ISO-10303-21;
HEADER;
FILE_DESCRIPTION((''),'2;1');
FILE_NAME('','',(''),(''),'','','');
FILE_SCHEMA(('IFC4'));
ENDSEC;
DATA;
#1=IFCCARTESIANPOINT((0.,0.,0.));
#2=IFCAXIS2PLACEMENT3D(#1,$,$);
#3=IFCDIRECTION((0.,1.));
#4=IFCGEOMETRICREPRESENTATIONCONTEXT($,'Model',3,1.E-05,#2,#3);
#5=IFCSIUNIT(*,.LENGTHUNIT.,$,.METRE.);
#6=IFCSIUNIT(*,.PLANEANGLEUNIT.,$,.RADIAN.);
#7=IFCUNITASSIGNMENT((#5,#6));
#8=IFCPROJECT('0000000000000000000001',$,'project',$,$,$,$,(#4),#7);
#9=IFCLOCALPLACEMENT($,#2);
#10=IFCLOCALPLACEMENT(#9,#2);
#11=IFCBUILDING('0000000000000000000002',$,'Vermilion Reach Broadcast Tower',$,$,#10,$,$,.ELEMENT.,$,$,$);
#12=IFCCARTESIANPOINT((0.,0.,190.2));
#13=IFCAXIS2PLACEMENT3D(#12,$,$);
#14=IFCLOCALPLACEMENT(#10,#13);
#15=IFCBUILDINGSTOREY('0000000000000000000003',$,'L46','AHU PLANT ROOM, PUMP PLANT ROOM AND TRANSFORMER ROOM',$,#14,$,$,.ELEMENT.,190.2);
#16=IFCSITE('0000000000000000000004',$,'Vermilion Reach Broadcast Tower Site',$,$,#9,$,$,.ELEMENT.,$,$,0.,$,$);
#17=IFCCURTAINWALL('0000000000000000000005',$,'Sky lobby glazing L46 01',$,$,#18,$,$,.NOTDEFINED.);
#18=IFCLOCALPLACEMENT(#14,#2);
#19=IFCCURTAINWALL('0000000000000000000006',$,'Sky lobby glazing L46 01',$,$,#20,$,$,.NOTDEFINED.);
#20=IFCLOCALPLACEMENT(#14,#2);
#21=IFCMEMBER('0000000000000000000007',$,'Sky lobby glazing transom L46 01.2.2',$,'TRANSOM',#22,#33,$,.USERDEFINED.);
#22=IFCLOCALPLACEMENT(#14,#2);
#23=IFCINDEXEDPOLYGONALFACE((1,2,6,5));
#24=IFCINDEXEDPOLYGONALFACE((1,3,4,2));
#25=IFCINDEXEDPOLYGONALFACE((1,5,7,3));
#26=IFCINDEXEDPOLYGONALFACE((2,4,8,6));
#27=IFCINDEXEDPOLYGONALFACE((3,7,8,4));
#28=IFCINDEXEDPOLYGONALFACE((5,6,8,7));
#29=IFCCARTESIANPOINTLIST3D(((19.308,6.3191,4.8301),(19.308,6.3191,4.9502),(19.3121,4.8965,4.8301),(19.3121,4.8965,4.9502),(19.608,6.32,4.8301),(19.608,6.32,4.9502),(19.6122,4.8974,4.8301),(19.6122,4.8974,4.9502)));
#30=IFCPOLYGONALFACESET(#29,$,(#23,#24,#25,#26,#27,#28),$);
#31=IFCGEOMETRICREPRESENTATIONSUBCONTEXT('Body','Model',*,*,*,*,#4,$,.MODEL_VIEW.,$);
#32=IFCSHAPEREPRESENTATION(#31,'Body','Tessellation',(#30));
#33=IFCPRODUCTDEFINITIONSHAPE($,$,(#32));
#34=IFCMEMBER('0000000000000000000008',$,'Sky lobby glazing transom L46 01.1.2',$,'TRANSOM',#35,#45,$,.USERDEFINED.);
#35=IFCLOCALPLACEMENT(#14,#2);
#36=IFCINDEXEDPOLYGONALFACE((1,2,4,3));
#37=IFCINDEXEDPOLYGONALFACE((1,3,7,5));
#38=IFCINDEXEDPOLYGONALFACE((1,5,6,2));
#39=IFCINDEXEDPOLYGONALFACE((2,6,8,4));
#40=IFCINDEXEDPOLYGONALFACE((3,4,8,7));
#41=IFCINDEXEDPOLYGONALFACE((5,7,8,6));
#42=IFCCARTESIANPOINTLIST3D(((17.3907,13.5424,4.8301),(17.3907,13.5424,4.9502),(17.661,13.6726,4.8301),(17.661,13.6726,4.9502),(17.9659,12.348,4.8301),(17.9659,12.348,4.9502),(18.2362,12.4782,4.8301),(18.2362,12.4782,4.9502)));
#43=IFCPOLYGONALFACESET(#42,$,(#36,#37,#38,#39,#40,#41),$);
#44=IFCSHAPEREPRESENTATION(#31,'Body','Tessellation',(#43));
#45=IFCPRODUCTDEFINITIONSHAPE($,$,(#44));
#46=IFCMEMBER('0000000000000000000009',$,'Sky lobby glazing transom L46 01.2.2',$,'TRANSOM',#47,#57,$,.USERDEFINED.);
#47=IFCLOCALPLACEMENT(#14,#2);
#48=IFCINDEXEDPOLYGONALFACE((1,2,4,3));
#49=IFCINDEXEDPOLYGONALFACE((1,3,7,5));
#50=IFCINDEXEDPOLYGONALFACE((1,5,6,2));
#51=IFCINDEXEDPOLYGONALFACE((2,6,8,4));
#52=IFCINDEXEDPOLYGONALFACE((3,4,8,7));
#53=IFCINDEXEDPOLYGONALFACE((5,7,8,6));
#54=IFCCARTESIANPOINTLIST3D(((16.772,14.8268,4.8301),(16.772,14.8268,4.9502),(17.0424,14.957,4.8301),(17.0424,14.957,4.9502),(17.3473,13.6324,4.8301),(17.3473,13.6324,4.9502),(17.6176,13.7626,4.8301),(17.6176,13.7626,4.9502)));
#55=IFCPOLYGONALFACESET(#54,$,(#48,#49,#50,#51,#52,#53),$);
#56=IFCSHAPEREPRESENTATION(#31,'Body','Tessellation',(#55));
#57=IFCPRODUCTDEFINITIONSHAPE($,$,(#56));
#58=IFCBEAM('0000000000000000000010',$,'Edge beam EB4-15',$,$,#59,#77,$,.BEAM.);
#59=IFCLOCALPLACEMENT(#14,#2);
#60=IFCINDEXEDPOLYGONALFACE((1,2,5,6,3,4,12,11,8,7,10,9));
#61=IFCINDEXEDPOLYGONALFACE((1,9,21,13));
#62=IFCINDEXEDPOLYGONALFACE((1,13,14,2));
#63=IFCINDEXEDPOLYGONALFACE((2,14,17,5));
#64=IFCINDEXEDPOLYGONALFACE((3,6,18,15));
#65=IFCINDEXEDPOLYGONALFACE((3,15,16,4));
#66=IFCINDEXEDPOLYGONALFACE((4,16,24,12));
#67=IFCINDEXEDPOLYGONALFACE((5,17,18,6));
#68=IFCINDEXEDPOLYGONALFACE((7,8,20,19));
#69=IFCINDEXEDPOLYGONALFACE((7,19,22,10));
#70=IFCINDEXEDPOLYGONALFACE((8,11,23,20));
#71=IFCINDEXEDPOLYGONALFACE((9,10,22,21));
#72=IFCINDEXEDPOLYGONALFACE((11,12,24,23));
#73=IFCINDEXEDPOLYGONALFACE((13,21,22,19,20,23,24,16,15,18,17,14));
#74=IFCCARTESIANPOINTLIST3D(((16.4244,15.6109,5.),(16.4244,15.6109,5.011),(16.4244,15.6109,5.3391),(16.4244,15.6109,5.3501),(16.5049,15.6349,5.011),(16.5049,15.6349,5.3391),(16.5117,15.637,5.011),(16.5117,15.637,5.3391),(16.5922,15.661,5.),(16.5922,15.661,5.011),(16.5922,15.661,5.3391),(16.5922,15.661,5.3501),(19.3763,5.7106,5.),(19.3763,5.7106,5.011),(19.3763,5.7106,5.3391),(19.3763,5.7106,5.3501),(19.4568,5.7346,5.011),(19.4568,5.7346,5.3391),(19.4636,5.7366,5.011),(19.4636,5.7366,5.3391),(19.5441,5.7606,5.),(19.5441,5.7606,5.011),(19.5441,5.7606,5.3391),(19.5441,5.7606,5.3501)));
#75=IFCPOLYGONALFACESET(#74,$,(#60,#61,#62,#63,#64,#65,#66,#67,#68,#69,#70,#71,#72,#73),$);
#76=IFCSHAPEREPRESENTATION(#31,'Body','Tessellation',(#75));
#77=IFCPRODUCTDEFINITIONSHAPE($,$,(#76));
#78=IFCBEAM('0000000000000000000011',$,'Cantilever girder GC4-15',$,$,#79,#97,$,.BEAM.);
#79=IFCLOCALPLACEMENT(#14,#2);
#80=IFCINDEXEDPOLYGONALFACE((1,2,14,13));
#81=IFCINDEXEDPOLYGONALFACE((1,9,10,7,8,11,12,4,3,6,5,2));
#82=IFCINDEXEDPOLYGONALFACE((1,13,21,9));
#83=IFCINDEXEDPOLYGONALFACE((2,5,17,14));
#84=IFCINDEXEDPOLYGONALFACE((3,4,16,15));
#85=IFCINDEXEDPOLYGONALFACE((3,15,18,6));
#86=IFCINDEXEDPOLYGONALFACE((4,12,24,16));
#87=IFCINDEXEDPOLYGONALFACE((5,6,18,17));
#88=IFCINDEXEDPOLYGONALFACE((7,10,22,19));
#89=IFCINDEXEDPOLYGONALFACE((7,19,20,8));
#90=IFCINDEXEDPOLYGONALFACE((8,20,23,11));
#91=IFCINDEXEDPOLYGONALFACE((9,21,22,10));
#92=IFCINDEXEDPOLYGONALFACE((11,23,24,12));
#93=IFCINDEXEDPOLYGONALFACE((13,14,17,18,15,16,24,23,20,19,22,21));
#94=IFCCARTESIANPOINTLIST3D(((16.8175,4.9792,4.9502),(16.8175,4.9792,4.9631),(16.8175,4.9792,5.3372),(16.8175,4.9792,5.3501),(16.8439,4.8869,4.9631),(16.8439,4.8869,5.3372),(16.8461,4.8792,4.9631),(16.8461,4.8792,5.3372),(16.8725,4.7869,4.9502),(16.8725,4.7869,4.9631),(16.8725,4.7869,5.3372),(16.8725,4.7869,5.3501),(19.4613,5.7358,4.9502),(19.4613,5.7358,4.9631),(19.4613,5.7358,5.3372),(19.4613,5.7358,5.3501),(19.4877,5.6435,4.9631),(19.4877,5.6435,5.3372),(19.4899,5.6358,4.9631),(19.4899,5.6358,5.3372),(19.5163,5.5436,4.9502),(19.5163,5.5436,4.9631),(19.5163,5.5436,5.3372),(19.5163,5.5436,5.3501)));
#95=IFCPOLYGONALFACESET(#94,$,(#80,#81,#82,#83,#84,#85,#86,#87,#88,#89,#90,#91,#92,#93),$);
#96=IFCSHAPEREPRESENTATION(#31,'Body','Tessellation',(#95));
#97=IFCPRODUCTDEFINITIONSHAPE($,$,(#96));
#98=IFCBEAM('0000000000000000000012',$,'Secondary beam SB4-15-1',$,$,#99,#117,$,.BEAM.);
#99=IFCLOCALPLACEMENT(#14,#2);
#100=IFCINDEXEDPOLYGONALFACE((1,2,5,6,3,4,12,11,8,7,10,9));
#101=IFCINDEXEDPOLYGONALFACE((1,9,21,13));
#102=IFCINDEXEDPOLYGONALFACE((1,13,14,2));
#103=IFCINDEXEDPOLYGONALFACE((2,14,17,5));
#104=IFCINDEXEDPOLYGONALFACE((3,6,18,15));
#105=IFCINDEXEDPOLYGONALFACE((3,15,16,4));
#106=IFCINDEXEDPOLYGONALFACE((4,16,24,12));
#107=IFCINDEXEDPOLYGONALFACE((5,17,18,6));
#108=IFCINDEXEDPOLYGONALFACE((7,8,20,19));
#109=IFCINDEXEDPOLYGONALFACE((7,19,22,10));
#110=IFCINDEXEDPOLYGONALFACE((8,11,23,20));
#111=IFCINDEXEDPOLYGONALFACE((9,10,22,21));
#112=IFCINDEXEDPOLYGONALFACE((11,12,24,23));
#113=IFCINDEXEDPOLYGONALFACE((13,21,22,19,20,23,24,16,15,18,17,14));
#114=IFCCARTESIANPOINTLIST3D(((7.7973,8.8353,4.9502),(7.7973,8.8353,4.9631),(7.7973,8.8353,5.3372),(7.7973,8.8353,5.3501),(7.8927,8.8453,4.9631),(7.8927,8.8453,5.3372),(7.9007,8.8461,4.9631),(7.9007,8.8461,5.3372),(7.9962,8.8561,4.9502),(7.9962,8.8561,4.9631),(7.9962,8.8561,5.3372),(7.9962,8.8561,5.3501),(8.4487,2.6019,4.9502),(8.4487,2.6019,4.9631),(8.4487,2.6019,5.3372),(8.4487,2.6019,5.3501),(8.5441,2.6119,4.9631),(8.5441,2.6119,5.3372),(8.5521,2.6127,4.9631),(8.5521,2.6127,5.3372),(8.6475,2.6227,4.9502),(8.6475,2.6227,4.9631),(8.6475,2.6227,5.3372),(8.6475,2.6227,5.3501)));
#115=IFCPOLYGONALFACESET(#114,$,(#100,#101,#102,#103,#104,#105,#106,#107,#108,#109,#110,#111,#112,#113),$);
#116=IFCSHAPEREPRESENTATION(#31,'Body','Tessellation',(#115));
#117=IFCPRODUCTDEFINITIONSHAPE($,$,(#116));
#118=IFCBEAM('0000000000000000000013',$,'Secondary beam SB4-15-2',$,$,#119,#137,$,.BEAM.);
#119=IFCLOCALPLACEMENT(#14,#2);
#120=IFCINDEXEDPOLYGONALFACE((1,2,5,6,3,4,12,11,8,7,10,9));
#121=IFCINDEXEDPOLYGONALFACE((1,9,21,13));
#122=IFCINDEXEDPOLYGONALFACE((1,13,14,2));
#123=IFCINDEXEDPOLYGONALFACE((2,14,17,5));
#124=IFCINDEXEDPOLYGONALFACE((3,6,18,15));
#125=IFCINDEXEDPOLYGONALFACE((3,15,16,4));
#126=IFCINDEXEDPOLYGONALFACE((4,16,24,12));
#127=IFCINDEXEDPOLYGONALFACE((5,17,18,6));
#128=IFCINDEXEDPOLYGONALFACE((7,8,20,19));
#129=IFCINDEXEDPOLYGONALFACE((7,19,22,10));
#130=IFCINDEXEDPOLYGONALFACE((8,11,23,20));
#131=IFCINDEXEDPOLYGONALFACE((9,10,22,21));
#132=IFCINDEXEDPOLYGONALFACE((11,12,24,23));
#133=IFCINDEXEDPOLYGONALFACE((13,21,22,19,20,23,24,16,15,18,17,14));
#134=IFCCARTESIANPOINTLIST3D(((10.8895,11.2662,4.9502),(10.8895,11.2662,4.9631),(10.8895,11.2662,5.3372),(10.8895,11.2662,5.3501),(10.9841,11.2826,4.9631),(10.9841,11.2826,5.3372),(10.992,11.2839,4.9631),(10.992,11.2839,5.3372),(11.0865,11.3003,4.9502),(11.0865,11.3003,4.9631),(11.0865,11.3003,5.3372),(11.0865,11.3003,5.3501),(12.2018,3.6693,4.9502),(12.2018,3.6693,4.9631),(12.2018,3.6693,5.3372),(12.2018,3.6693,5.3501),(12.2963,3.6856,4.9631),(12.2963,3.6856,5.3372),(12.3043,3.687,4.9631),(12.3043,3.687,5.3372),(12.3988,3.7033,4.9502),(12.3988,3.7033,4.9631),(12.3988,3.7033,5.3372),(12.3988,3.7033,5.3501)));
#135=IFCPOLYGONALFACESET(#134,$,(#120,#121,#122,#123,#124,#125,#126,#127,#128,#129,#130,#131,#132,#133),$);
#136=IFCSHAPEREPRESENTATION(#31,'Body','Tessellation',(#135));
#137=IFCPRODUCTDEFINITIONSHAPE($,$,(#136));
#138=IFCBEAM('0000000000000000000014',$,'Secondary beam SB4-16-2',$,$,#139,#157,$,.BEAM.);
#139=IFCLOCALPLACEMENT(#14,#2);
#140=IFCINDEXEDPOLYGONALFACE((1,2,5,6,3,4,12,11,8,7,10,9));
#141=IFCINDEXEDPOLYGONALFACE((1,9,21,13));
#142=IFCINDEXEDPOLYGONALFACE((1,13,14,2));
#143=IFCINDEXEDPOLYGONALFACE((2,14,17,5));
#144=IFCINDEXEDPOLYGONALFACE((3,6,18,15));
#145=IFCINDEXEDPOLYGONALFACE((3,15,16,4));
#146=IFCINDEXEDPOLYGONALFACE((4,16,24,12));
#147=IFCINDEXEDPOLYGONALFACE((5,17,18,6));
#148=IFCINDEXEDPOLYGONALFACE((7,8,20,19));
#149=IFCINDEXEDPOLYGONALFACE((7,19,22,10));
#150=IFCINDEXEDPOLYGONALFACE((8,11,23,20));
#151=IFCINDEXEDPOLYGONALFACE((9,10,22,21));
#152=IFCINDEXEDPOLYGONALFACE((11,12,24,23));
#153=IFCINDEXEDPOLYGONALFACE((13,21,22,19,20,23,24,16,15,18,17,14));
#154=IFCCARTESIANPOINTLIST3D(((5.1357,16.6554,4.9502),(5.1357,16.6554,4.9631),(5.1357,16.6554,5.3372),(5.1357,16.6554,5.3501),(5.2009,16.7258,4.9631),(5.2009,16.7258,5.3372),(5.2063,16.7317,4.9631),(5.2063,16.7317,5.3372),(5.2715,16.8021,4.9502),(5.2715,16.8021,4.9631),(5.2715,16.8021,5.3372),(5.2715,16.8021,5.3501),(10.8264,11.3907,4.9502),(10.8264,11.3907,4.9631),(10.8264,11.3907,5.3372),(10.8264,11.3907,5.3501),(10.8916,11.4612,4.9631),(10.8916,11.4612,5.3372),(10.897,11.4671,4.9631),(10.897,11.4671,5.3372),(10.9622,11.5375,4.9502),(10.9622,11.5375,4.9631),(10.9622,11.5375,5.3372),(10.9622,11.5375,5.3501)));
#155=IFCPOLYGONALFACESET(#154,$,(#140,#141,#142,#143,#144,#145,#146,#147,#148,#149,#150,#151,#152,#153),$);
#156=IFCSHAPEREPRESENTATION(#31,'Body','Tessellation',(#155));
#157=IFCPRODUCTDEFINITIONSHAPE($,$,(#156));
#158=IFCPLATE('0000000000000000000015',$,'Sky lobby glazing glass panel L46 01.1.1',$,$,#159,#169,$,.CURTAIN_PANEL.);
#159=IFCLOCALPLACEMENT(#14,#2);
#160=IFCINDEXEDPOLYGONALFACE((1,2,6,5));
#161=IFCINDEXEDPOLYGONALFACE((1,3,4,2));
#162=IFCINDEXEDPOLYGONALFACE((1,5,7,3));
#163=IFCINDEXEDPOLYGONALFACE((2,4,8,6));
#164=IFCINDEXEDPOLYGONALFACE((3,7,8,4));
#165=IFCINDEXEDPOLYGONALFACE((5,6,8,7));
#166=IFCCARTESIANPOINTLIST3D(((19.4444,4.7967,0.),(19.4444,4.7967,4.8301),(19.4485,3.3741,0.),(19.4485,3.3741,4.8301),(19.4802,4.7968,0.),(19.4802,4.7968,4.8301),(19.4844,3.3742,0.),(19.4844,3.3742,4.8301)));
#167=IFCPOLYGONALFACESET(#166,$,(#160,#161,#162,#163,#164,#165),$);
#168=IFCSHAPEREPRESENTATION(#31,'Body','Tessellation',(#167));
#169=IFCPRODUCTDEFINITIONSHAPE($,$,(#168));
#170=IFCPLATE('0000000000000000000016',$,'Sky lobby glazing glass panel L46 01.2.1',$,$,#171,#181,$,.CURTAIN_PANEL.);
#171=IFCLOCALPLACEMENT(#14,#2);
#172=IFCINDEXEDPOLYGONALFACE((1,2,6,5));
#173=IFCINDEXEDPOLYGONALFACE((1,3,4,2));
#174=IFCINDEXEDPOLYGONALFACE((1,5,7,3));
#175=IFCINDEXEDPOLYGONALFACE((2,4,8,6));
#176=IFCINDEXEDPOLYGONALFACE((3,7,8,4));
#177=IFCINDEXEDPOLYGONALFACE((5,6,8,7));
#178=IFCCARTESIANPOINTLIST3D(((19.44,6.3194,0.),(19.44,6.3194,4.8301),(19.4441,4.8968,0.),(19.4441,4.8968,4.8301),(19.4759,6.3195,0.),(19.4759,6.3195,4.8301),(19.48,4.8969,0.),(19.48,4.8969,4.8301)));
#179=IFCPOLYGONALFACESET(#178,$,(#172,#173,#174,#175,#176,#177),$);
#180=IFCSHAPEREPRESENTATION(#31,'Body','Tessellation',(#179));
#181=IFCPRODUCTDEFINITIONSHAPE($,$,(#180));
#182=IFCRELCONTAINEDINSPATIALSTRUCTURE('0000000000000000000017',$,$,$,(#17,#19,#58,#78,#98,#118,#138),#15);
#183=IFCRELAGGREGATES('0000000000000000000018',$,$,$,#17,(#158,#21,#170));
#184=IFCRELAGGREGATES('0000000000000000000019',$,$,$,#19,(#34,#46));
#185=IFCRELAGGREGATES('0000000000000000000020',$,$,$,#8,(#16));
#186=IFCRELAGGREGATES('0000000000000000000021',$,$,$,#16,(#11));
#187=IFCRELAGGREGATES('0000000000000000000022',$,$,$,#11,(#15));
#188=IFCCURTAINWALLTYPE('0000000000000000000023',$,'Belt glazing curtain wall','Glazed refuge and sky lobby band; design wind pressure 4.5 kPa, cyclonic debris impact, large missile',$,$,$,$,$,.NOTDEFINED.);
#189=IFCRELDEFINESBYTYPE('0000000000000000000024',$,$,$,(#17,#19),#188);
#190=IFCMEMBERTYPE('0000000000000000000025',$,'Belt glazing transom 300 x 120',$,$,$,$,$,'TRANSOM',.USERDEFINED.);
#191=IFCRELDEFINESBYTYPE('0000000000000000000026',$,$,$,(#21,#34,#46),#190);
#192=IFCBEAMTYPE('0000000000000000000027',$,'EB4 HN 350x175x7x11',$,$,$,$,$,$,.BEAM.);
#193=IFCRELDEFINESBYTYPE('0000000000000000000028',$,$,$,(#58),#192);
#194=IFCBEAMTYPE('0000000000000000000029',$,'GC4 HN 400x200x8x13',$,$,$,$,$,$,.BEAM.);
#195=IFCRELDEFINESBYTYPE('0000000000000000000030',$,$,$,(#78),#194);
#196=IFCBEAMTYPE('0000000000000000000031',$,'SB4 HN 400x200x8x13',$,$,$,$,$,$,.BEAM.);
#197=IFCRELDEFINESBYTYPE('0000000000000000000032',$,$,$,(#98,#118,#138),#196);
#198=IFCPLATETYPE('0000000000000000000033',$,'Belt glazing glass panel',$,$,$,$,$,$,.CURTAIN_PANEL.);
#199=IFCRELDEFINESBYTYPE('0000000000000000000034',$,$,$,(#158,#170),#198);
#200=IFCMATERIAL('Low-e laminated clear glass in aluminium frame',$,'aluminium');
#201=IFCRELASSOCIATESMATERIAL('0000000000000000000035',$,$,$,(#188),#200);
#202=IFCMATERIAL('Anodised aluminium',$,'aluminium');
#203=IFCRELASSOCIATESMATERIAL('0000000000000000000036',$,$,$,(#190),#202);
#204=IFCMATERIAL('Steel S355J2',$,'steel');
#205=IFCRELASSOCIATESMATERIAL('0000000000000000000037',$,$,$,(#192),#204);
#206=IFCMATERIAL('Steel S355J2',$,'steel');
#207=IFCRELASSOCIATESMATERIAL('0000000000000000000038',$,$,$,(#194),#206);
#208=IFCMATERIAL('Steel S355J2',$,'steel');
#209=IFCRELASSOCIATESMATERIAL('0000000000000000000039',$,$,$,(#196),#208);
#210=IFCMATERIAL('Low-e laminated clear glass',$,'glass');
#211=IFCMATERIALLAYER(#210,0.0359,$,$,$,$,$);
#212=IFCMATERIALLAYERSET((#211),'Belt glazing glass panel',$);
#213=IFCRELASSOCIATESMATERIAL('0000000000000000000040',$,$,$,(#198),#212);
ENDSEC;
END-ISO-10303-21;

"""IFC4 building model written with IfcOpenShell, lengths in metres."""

from ifc_helpers import new_model, si_unit, direction, frame, origin, origin_2d, place, context, subcontext, project, spatial, rectangle, i_section, extrude, material, layer, layer_set, material_profile, profile_set, type_object, element, aggregate, save


model = new_model("IFC4")

# Units and contexts
model_context = context("Model", 3, precision=1e-05, world=origin(), true_north=direction((0.0, 1.0)))
body_context = subcontext(model_context, "Body", "Model", "MODEL_VIEW")
ifc_project = project(units=[si_unit("LENGTHUNIT", "METRE"), si_unit("PLANEANGLEUNIT", "RADIAN")], contexts=[model_context])

# Site, building, storey
site_placement = place(None, origin())
site = spatial("IfcSite", under=ifc_project, at=site_placement, Name="Vermilion Reach Broadcast Tower Site", CompositionType="ELEMENT", RefElevation=0.0)
building_placement = place(site_placement, origin())
building = spatial("IfcBuilding", under=site, at=building_placement, Name="Vermilion Reach Broadcast Tower", CompositionType="ELEMENT")
storey_placement = place(building_placement, frame((0.0, 0.0, 190.2)))
storey = spatial("IfcBuildingStorey", under=building, at=storey_placement, Name="L46", Description="AHU PLANT ROOM, PUMP PLANT ROOM AND TRANSFORMER ROOM", CompositionType="ELEMENT", Elevation=190.2)

# Curtain walls
ifc_material_1 = material(Name="Low-e laminated clear glass in aluminium frame", Category="aluminium")
curtain_wall_type = type_object("IfcCurtainWallType", Name="Belt glazing curtain wall", Description="Glazed refuge and sky lobby band; design wind pressure 4.5 kPa, cyclonic debris impact, large missile", PredefinedType="NOTDEFINED", material=ifc_material_1)
placement = place(storey_placement, origin())
curtain_wall_1 = element("IfcCurtainWall", 1, at=placement, inside=storey, type_object=curtain_wall_type, Name="Sky lobby glazing L46 01", PredefinedType="NOTDEFINED")
curtain_wall_2 = element("IfcCurtainWall", 2, at=placement, inside=storey, type_object=curtain_wall_type, Name="Sky lobby glazing L46 01", PredefinedType="NOTDEFINED")

# Members
ifc_material_2 = material(Name="Anodised aluminium", Category="aluminium")
ifc_material_profile_1 = material_profile(ifc_material_2, rectangle(XDim=0.3, YDim=0.1201, at=origin_2d()), Name="Belt glazing transom 300 x 120")
ifc_profile_set_1 = profile_set([ifc_material_profile_1], Name="Anodised aluminium")
member_type_1 = type_object("IfcMemberType", Name="Belt glazing transom 300 x 120", ElementType="TRANSOM", PredefinedType="USERDEFINED", material=ifc_profile_set_1)
member_1_placement = place(storey_placement, frame((19.4622, 4.897, 4.8901), z_axis=(-0.002917, 0.999996, 0.0), x_axis=(-0.999996, -0.002917, 0.0)))
member_1 = element("IfcMember", 3, at=member_1_placement, type_object=member_type_1, Name="Sky lobby glazing transom L46 01.2.2", ObjectType="TRANSOM", PredefinedType="USERDEFINED", context=body_context, shape_type="SweptSolid", body=[
    extrude(rectangle(XDim=0.3, YDim=0.1201, at=origin_2d()), origin(), (0.0, 0.0, 1.0), 1.4226),
])
member_2_placement = place(storey_placement, frame((18.1011, 12.4131, 4.8901), z_axis=(-0.433904, 0.900959, 0.0), x_axis=(-0.900959, -0.433904, 0.0)))
member_2 = element("IfcMember", 4, at=member_2_placement, type_object=member_type_1, Name="Sky lobby glazing transom L46 01.1.2", ObjectType="TRANSOM", PredefinedType="USERDEFINED", context=body_context, shape_type="SweptSolid", body=[
    extrude(rectangle(XDim=0.3, YDim=0.1201, at=origin_2d()), origin(), (0.0, 0.0, 1.0), 1.3257),
])
member_3_placement = place(storey_placement, frame((17.4824, 13.6975, 4.8901), z_axis=(-0.433904, 0.900959, 0.0), x_axis=(-0.900959, -0.433904, 0.0)))
member_3 = element("IfcMember", 5, at=member_3_placement, type_object=member_type_1, Name="Sky lobby glazing transom L46 01.2.2", ObjectType="TRANSOM", PredefinedType="USERDEFINED", context=body_context, shape_type="SweptSolid", body=[
    extrude(rectangle(XDim=0.3, YDim=0.1201, at=origin_2d()), origin(), (0.0, 0.0, 1.0), 1.3257),
])

# Beams
ifc_material_3 = material(Name="Steel S355J2", Category="steel")
ifc_material_profile_2 = material_profile(ifc_material_3, i_section(OverallWidth=0.175, OverallDepth=0.3501, WebThickness=0.0071, FlangeThickness=0.011, at=origin_2d()), Name="S355J2 HN 350x175x7x11")
ifc_profile_set_2 = profile_set([ifc_material_profile_2], Name="Steel S355J2")
beam_type_1 = type_object("IfcBeamType", Name="EB4 HN 350x175x7x11", PredefinedType="BEAM", material=ifc_profile_set_2)
beam_1_placement = place(storey_placement, frame((19.4602, 5.7356, 5.175), z_axis=(-0.28573, 0.95831, 0.0), x_axis=(-0.95831, -0.28573, 0.0)))
element("IfcBeam", 6, at=beam_1_placement, inside=storey, type_object=beam_type_1, Name="Edge beam EB4-15", PredefinedType="BEAM", context=body_context, shape_type="SweptSolid", body=[
    extrude(i_section(OverallWidth=0.175, OverallDepth=0.3501, WebThickness=0.0071, FlangeThickness=0.011, at=origin_2d()), origin(), (0.0, 0.0, 1.0), 10.3311),
])
ifc_material_4 = material(Name="Steel S355J2", Category="steel")
ifc_material_profile_3 = material_profile(ifc_material_4, i_section(OverallWidth=0.2, OverallDepth=0.3999, WebThickness=0.0081, FlangeThickness=0.0129, at=origin_2d()), Name="S355J2 HN 400x200x8x13")
ifc_profile_set_3 = profile_set([ifc_material_profile_3], Name="Steel S355J2")
beam_type_2 = type_object("IfcBeamType", Name="GC4 HN 400x200x8x13", PredefinedType="BEAM", material=ifc_profile_set_3)
beam_2_placement = place(storey_placement, frame((16.845, 4.8831, 5.1501), z_axis=(0.961407, 0.275132, 0.0), x_axis=(-0.275132, 0.961407, 0.0)))
element("IfcBeam", 7, at=beam_2_placement, inside=storey, type_object=beam_type_2, Name="Cantilever girder GC4-15", PredefinedType="BEAM", context=body_context, shape_type="SweptSolid", body=[
    extrude(i_section(OverallWidth=0.2, OverallDepth=0.3999, WebThickness=0.0081, FlangeThickness=0.0129, at=origin_2d()), origin(), (0.0, 0.0, 1.0), 2.75),
])
ifc_material_5 = material(Name="Steel S355J2", Category="steel")
ifc_material_profile_4 = material_profile(ifc_material_5, i_section(OverallWidth=0.2, OverallDepth=0.3999, WebThickness=0.0081, FlangeThickness=0.0129, at=origin_2d()), Name="S355J2 HN 400x200x8x13")
ifc_profile_set_4 = profile_set([ifc_material_profile_4], Name="Steel S355J2")
beam_type_3 = type_object("IfcBeamType", Name="SB4 HN 400x200x8x13", PredefinedType="BEAM", material=ifc_profile_set_4)
beam_3_placement = place(storey_placement, frame((8.5481, 2.6123, 5.1501), z_axis=(-0.10393, 0.994585, 0.0), x_axis=(-0.994585, -0.10393, 0.0)))
element("IfcBeam", 8, at=beam_3_placement, inside=storey, type_object=beam_type_3, Name="Secondary beam SB4-15-1", PredefinedType="BEAM", context=body_context, shape_type="SweptSolid", body=[
    extrude(i_section(OverallWidth=0.2, OverallDepth=0.3999, WebThickness=0.0081, FlangeThickness=0.0129, at=origin_2d()), origin(), (0.0, 0.0, 1.0), 6.2673),
])
beam_4_placement = place(storey_placement, frame((12.3003, 3.6863, 5.1501), z_axis=(-0.170214, 0.985407, 0.0), x_axis=(-0.985407, -0.170214, 0.0)))
element("IfcBeam", 9, at=beam_4_placement, inside=storey, type_object=beam_type_3, Name="Secondary beam SB4-15-2", PredefinedType="BEAM", context=body_context, shape_type="SweptSolid", body=[
    extrude(i_section(OverallWidth=0.2, OverallDepth=0.3999, WebThickness=0.0081, FlangeThickness=0.0129, at=origin_2d()), origin(), (0.0, 0.0, 1.0), 7.7095),
])
beam_5_placement = place(storey_placement, frame((10.8943, 11.4641, 5.1501), z_axis=(-0.73405, 0.679096, 0.0), x_axis=(-0.679096, -0.73405, 0.0)))
element("IfcBeam", 10, at=beam_5_placement, inside=storey, type_object=beam_type_3, Name="Secondary beam SB4-16-2", PredefinedType="BEAM", context=body_context, shape_type="SweptSolid", body=[
    extrude(i_section(OverallWidth=0.2, OverallDepth=0.3999, WebThickness=0.0081, FlangeThickness=0.0129, at=origin_2d()), origin(), (0.0, 0.0, 1.0), 7.7524),
])

# Plates
ifc_material_6 = material(Name="Low-e laminated clear glass", Category="glass")
ifc_layer_1 = layer(ifc_material_6, 0.0359)
ifc_layer_set_1 = layer_set([ifc_layer_1], Name="Belt glazing glass panel")
plate_type = type_object("IfcPlateType", Name="Belt glazing glass panel", PredefinedType="CURTAIN_PANEL", material=ifc_layer_set_1)
plate_1_placement = place(storey_placement, frame((19.4644, 4.0854, 0.0), z_axis=(0.0, 0.0, 1.0), x_axis=(-0.002886, 0.999996, 0.0)))
plate_1 = element("IfcPlate", 11, at=plate_1_placement, type_object=plate_type, Name="Sky lobby glazing glass panel L46 01.1.1", PredefinedType="CURTAIN_PANEL", context=body_context, shape_type="SweptSolid", body=[
    extrude(rectangle(XDim=1.4226, YDim=0.0359, at=origin_2d()), origin(), (0.0, 0.0, 1.0), 4.8301),
])
plate_2_placement = place(storey_placement, frame((19.46, 5.6082, 0.0), z_axis=(0.0, 0.0, 1.0), x_axis=(-0.002886, 0.999996, 0.0)))
plate_2 = element("IfcPlate", 12, at=plate_2_placement, type_object=plate_type, Name="Sky lobby glazing glass panel L46 01.2.1", PredefinedType="CURTAIN_PANEL", context=body_context, shape_type="SweptSolid", body=[
    extrude(rectangle(XDim=1.4226, YDim=0.0359, at=origin_2d()), origin(), (0.0, 0.0, 1.0), 4.8301),
])
aggregate(curtain_wall_1, [plate_1, member_1, plate_2])
aggregate(curtain_wall_2, [member_2, member_3])

save(model, "model.ifc")
